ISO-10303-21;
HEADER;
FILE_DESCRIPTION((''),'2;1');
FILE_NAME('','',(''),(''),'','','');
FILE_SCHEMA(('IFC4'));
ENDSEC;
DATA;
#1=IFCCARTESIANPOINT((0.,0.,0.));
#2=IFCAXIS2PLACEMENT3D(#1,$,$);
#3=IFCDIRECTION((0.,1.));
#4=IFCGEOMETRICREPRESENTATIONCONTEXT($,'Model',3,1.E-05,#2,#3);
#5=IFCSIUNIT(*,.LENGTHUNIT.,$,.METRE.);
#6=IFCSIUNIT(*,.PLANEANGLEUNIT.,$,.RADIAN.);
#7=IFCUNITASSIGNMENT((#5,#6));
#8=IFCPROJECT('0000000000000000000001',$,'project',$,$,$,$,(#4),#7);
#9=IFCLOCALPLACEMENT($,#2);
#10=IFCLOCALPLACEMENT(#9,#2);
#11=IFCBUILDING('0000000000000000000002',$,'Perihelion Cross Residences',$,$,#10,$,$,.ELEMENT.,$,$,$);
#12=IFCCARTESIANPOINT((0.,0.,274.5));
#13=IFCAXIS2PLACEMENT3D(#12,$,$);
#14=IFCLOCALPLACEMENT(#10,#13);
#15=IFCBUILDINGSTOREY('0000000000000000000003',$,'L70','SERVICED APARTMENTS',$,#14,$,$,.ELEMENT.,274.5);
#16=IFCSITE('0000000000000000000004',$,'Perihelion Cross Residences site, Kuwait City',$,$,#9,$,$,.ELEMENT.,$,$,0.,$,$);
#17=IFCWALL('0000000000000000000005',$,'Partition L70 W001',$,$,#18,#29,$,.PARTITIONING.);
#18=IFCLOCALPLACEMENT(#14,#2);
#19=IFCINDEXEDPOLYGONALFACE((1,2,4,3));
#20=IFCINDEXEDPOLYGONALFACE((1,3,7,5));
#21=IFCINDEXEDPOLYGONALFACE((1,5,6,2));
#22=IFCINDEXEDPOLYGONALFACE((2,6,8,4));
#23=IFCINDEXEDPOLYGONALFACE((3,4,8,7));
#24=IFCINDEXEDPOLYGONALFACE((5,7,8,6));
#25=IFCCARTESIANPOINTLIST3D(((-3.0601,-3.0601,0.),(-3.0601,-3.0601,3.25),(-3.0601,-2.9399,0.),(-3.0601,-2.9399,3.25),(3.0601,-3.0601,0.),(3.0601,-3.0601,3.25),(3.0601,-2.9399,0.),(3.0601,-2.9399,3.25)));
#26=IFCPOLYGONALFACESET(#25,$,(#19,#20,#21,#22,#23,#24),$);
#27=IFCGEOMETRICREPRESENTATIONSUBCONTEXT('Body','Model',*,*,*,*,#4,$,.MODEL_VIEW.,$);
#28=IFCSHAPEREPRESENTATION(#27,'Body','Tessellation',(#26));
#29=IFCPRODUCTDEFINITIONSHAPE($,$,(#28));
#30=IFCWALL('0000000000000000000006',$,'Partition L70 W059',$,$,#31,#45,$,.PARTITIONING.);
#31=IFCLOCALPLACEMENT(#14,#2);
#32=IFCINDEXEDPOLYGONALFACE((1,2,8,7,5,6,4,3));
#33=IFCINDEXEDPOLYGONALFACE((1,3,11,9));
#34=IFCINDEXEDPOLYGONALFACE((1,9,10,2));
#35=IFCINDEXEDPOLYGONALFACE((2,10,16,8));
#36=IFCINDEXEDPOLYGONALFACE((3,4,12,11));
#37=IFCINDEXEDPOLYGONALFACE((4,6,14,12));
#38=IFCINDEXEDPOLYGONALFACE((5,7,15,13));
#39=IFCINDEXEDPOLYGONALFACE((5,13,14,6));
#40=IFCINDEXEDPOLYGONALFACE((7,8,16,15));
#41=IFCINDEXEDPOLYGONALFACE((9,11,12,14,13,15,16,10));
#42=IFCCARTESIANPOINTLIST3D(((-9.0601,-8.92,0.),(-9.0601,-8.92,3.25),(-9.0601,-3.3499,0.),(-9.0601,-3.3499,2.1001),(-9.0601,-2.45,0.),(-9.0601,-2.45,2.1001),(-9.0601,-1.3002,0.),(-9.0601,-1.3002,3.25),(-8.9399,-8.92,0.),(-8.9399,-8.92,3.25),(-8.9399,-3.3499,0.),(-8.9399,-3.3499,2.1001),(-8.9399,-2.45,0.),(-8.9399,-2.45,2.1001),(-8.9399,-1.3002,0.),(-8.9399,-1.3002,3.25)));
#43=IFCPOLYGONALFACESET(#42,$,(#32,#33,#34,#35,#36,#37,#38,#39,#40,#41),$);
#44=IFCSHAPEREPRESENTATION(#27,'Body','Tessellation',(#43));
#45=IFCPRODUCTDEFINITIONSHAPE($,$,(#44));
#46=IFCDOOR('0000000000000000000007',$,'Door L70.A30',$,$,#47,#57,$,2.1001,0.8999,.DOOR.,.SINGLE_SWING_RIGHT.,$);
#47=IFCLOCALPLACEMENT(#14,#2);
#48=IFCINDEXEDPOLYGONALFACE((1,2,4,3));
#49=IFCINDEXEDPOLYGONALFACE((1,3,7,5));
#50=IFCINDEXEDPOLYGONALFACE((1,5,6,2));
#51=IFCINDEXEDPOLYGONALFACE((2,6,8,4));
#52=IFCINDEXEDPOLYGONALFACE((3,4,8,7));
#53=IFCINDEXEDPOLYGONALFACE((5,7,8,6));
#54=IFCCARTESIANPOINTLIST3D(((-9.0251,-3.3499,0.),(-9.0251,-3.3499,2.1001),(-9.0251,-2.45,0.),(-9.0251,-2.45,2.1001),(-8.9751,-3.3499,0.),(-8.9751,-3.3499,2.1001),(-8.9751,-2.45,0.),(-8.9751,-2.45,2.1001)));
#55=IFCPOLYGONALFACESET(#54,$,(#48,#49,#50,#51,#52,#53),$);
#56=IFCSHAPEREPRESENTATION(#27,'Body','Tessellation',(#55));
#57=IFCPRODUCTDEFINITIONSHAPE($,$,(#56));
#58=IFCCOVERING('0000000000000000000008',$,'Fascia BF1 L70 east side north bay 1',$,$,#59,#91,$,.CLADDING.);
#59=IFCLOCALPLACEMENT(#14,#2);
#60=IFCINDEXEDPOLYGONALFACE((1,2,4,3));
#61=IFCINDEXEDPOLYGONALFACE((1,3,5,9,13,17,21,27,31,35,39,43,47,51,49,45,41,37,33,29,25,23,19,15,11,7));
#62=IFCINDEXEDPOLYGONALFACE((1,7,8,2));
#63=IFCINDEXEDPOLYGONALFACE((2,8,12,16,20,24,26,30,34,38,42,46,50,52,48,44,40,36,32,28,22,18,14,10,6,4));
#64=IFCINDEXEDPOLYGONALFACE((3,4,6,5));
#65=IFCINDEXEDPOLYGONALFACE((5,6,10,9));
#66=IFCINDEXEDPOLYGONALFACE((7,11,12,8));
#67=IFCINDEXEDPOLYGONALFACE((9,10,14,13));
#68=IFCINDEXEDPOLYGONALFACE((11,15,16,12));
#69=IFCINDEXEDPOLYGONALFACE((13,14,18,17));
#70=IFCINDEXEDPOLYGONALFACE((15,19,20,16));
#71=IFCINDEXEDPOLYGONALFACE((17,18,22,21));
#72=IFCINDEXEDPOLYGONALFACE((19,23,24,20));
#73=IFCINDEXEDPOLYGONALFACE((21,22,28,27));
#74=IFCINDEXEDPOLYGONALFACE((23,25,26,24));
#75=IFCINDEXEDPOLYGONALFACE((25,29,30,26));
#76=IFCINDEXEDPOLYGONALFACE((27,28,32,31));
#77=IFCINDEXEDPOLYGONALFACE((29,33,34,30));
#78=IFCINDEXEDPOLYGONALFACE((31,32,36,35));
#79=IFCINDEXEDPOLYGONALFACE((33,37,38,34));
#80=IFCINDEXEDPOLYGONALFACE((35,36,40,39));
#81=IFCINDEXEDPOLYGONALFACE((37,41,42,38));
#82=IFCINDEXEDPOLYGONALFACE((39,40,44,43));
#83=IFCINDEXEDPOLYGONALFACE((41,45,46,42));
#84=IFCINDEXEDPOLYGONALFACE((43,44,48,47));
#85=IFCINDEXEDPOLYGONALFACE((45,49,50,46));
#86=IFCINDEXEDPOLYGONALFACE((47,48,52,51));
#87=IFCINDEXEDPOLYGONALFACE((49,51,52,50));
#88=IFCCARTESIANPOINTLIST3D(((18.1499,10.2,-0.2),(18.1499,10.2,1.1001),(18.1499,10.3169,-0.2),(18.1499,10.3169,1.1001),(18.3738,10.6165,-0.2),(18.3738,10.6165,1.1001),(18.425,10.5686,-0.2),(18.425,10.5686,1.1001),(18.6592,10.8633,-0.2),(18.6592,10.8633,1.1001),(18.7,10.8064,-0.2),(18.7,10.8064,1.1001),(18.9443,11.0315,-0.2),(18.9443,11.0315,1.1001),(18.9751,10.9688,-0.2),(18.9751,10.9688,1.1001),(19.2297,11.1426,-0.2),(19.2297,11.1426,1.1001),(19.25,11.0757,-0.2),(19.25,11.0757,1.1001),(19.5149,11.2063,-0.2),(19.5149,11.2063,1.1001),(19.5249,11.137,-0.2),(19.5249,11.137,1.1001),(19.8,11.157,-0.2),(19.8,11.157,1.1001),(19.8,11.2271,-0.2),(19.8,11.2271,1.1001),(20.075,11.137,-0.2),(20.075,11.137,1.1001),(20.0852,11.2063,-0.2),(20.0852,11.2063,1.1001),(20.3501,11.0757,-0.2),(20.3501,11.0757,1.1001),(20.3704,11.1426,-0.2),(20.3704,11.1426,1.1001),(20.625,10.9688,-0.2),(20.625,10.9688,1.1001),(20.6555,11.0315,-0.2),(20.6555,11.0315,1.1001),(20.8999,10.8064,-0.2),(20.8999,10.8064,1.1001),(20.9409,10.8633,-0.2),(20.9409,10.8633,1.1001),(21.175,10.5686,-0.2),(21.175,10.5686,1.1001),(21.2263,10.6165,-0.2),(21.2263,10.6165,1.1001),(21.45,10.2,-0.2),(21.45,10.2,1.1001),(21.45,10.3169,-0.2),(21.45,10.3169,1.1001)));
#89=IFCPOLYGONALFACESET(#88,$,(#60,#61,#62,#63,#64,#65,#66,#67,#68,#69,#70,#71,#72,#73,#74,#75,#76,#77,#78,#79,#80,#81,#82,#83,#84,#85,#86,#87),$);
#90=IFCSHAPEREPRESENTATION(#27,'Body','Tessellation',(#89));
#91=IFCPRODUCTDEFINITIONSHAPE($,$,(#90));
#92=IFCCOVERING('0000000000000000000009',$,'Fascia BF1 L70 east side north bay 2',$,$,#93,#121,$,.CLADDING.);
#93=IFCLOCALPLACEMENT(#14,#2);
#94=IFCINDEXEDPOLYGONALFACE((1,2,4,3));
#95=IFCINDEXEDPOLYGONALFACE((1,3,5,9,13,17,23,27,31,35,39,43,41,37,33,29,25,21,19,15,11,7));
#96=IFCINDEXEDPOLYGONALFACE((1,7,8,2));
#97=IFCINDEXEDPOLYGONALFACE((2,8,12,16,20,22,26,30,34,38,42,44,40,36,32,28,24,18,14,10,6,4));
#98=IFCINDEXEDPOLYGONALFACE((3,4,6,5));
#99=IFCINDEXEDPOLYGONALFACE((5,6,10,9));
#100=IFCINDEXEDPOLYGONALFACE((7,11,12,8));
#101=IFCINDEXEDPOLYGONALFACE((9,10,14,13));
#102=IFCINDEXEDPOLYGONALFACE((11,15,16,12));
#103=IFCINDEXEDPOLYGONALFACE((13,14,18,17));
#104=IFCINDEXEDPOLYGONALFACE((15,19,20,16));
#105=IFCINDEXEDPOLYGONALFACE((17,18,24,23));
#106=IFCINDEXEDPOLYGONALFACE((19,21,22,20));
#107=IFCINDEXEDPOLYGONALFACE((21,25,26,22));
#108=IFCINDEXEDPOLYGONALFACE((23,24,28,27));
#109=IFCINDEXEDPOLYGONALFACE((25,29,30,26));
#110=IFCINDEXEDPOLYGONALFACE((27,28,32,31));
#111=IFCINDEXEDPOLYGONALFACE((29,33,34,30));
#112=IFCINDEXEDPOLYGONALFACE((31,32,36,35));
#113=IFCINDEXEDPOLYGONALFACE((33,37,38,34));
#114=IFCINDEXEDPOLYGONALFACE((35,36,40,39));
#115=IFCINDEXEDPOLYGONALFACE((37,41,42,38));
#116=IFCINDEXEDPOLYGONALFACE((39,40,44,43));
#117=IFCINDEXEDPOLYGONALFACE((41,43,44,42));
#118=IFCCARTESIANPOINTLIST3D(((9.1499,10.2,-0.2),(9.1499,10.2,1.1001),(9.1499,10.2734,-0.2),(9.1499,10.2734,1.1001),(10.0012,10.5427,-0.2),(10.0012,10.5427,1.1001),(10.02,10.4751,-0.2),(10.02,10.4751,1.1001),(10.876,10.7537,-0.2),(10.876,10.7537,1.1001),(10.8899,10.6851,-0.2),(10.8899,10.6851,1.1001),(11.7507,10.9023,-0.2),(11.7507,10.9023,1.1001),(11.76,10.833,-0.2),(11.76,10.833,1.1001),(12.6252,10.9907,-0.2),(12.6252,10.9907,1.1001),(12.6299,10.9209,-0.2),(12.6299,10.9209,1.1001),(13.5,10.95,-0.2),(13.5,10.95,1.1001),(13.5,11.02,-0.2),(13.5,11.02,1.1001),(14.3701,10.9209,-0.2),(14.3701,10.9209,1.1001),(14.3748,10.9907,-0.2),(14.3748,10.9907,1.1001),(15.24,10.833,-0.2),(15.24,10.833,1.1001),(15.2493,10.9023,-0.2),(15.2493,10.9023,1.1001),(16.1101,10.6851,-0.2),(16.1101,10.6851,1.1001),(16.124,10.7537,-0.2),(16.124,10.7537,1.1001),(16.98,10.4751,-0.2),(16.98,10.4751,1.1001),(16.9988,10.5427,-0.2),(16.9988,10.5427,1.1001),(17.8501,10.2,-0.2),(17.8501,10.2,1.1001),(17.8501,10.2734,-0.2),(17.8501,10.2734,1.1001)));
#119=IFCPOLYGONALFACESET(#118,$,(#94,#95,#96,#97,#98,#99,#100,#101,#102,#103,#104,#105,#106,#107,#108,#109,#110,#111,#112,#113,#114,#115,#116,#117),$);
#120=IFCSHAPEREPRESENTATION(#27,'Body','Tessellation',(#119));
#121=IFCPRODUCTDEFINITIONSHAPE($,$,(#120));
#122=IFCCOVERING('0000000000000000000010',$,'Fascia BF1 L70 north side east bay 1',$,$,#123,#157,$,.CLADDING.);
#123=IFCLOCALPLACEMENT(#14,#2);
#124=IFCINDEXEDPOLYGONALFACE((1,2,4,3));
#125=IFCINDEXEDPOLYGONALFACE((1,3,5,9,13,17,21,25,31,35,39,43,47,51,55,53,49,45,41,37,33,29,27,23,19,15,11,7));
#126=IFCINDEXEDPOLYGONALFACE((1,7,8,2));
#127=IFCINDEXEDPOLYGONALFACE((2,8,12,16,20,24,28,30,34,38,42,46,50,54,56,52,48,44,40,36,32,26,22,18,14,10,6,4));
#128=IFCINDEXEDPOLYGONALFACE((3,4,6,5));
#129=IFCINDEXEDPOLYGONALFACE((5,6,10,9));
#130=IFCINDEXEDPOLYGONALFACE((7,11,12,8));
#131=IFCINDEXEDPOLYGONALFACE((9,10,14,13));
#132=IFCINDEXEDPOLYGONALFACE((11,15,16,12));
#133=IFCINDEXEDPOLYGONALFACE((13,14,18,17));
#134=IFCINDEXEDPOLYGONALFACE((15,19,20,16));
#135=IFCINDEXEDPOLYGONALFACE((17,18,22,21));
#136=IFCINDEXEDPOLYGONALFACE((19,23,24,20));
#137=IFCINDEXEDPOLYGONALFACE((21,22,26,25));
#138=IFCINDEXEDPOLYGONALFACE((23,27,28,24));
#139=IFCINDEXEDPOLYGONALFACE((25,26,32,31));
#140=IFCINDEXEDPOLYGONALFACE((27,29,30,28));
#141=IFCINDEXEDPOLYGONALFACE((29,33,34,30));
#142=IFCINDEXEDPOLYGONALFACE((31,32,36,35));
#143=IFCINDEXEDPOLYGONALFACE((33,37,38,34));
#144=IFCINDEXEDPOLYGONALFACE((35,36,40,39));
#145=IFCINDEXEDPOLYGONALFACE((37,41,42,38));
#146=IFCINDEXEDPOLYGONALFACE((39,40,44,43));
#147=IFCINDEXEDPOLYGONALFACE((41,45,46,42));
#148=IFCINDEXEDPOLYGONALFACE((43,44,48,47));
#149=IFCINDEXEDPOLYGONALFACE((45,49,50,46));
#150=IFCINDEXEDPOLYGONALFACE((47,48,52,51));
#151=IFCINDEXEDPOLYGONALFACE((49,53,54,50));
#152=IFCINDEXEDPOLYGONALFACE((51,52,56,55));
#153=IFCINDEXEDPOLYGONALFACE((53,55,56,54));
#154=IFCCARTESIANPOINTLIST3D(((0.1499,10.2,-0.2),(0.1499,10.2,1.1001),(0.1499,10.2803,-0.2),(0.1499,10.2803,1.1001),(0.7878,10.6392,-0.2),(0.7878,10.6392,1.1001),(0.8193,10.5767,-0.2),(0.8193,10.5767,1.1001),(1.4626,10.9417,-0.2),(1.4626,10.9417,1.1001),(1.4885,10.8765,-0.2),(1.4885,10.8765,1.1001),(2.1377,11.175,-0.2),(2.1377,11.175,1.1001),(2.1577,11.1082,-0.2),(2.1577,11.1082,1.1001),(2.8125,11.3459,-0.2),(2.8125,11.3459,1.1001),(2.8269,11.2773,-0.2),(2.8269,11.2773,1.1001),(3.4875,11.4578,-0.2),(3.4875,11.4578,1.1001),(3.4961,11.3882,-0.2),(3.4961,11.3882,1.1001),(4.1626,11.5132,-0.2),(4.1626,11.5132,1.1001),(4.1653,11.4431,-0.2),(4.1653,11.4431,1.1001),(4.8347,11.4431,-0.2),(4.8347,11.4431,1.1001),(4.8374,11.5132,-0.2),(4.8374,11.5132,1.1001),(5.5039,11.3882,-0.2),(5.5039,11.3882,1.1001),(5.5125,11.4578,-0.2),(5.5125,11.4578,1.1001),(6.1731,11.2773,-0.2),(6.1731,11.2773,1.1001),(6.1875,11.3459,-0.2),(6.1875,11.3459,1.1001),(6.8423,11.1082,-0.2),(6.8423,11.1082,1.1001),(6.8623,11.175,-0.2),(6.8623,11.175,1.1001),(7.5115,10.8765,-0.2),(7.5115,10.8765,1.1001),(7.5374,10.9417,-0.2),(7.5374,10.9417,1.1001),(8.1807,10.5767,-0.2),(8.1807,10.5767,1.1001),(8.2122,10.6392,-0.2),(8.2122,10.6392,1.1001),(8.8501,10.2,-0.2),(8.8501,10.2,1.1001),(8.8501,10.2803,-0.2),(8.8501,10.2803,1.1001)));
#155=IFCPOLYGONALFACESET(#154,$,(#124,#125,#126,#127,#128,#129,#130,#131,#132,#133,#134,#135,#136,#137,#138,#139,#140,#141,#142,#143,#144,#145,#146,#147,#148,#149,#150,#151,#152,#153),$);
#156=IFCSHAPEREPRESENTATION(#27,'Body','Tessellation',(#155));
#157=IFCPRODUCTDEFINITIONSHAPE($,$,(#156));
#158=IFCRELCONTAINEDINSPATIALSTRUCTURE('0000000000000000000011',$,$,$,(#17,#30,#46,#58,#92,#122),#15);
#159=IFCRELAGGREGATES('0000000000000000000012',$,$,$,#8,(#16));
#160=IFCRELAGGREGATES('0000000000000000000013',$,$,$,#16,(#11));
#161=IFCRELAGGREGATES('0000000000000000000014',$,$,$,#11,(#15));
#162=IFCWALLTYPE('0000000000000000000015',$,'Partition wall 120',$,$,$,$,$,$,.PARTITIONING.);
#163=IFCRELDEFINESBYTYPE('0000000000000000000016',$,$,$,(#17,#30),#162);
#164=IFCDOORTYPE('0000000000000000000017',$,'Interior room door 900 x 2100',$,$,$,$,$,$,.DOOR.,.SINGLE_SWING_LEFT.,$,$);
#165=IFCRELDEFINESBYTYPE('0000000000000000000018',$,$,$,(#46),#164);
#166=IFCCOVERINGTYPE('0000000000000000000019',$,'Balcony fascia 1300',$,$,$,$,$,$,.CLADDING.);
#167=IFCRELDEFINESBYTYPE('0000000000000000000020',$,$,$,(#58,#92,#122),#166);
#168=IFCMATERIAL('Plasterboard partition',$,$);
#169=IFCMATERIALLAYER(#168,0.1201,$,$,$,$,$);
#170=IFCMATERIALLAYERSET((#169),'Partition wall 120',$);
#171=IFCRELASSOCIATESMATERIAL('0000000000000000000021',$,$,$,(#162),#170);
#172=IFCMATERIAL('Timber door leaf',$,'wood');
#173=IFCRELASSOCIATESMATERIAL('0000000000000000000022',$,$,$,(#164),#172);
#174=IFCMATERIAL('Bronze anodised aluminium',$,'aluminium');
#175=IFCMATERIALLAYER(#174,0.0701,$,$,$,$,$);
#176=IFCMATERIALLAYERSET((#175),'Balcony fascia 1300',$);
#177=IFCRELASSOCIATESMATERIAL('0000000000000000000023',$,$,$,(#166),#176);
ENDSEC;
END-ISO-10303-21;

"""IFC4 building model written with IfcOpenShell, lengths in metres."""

from ifc_helpers import new_model, si_unit, direction, frame, frame_2d, origin, place, context, subcontext, project, spatial, polyline, rectangle, outline, extrude, material, layer, layer_set, type_object, element, fill, save


model = new_model("IFC4")

# Units and contexts
model_context = context("Model", 3, precision=1e-05, world=origin(), true_north=direction((0.0, 1.0)))
body_context = subcontext(model_context, "Body", "Model", "MODEL_VIEW")
ifc_project = project(units=[si_unit("LENGTHUNIT", "METRE"), si_unit("PLANEANGLEUNIT", "RADIAN")], contexts=[model_context])

# Site, building, storey
site_placement = place(None, origin())
site = spatial("IfcSite", under=ifc_project, at=site_placement, Name="Perihelion Cross Residences site, Kuwait City", CompositionType="ELEMENT", RefElevation=0.0)
building_placement = place(site_placement, origin())
building = spatial("IfcBuilding", under=site, at=building_placement, Name="Perihelion Cross Residences", CompositionType="ELEMENT")
storey_placement = place(building_placement, frame((0.0, 0.0, 274.5)))
storey = spatial("IfcBuildingStorey", under=building, at=storey_placement, Name="L70", Description="SERVICED APARTMENTS", CompositionType="ELEMENT", Elevation=274.5)

# Wall
ifc_material_1 = material(Name="Plasterboard partition")
ifc_layer_1 = layer(ifc_material_1, 0.1201)
ifc_layer_set_1 = layer_set([ifc_layer_1], Name="Partition wall 120")
wall_type_1 = type_object("IfcWallType", Name="Partition wall 120", PredefinedType="PARTITIONING", material=ifc_layer_set_1)
wall_1_placement = place(storey_placement, frame((-3.0601, -3.0, 0.0), z_axis=(0.0, 0.0, 1.0), x_axis=(1.0, 0.0, 0.0)))
element("IfcWall", 1, at=wall_1_placement, inside=storey, type_object=wall_type_1, Name="Partition L70 W001", PredefinedType="PARTITIONING", context=body_context, shape_type="SweptSolid", body=[
    extrude(rectangle(XDim=6.1201, YDim=0.1201, at=frame_2d((3.0601, 0.0))), origin(), (0.0, 0.0, 1.0), 3.25),
])

# Wall, opening, door
wall_2_placement = place(storey_placement, frame((-9.0, -1.3, 0.0), z_axis=(0.0, 0.0, 1.0), x_axis=(0.0, -1.0, 0.0)))
wall_2 = element("IfcWall", 2, at=wall_2_placement, inside=storey, type_object=wall_type_1, Name="Partition L70 W059", PredefinedType="PARTITIONING", context=body_context, shape_type="SweptSolid", body=[
    extrude(rectangle(XDim=7.6199, YDim=0.1201, at=frame_2d((3.8101, 0.0))), origin(), (0.0, 0.0, 1.0), 3.25),
])
opening_1_placement = place(wall_2_placement, frame((1.1499, 0.0, 0.0)))
opening_1 = element("IfcOpeningElement", 3, at=opening_1_placement, cuts=wall_2, PredefinedType="OPENING", context=body_context, shape_type="SweptSolid", body=[
    extrude(rectangle(XDim=0.8999, YDim=2.1001, at=frame_2d((0.45, 1.05))), frame((0.0, 0.0701, 0.0), z_axis=(0.0, -1.0, 0.0), x_axis=(1.0, 0.0, 0.0)), (0.0, 0.0, 1.0), 0.1401),
])
ifc_material_2 = material(Name="Timber door leaf", Category="wood")
door_type_1 = type_object("IfcDoorType", Name="Interior room door 900 x 2100", OperationType="SINGLE_SWING_LEFT", PredefinedType="DOOR", material=ifc_material_2)
door_1_placement = place(opening_1_placement, origin())
door_1 = element("IfcDoor", 4, at=door_1_placement, inside=storey, type_object=door_type_1, Name="Door L70.A30", OperationType="SINGLE_SWING_RIGHT", OverallHeight=2.1001, OverallWidth=0.8999, PredefinedType="DOOR", context=body_context, shape_type="SweptSolid", body=[
    extrude(rectangle(XDim=0.8999, YDim=2.1001, at=frame_2d((0.45, 1.05))), frame((0.0, 0.0249, 0.0), z_axis=(0.0, -1.0, 0.0), x_axis=(1.0, 0.0, 0.0)), (0.0, 0.0, 1.0), 0.05),
])
fill(opening_1, door_1)

# Coverings
ifc_material_3 = material(Name="Bronze anodised aluminium", Category="aluminium")
ifc_layer_2 = layer(ifc_material_3, 0.0701)
ifc_layer_set_2 = layer_set([ifc_layer_2], Name="Balcony fascia 1300")
covering_type = type_object("IfcCoveringType", Name="Balcony fascia 1300", PredefinedType="CLADDING", material=ifc_layer_set_2)
covering_1_placement = place(storey_placement, frame((0.0, 0.0, -0.2)))
element("IfcCovering", 5, at=covering_1_placement, inside=storey, type_object=covering_type, Name="Fascia BF1 L70 east side north bay 1", PredefinedType="CLADDING", context=body_context, shape_type="SweptSolid", body=[
    extrude(outline(polyline([(21.2263, 10.6165), (20.9409, 10.8633), (20.6555, 11.0315), (20.3704, 11.1426), (20.0852, 11.2063), (19.8, 11.2271), (19.5149, 11.2063), (19.2297, 11.1426), (18.9443, 11.0315), (18.6592, 10.8633), (18.3738, 10.6165), (18.1499, 10.3169), (18.1499, 10.2), (18.425, 10.5686), (18.7, 10.8064), (18.9751, 10.9688), (19.25, 11.0757), (19.5249, 11.137), (19.8, 11.157), (20.075, 11.137), (20.3501, 11.0757), (20.625, 10.9688), (20.8999, 10.8064), (21.175, 10.5686), (21.45, 10.2), (21.45, 10.3169), (21.2263, 10.6165)])), origin(), (0.0, 0.0, 1.0), 1.3),
])
covering_2_placement = place(storey_placement, frame((0.0, 0.0, -0.2)))
element("IfcCovering", 6, at=covering_2_placement, inside=storey, type_object=covering_type, Name="Fascia BF1 L70 east side north bay 2", PredefinedType="CLADDING", context=body_context, shape_type="SweptSolid", body=[
    extrude(outline(polyline([(16.9988, 10.5427), (16.124, 10.7537), (15.2493, 10.9023), (14.3748, 10.9907), (13.5, 11.02), (12.6252, 10.9907), (11.7507, 10.9023), (10.876, 10.7537), (10.0012, 10.5427), (9.1499, 10.2734), (9.1499, 10.2), (10.02, 10.4751), (10.8899, 10.6851), (11.76, 10.833), (12.6299, 10.9209), (13.5, 10.95), (14.3701, 10.9209), (15.24, 10.833), (16.1101, 10.6851), (16.98, 10.4751), (17.8501, 10.2), (17.8501, 10.2734), (16.9988, 10.5427)])), origin(), (0.0, 0.0, 1.0), 1.3),
])
covering_3_placement = place(storey_placement, frame((0.0, 0.0, -0.2)))
element("IfcCovering", 7, at=covering_3_placement, inside=storey, type_object=covering_type, Name="Fascia BF1 L70 north side east bay 1", PredefinedType="CLADDING", context=body_context, shape_type="SweptSolid", body=[
    extrude(outline(polyline([(8.2122, 10.6392), (7.5374, 10.9417), (6.8623, 11.175), (6.1875, 11.3459), (5.5125, 11.4578), (4.8374, 11.5132), (4.1626, 11.5132), (3.4875, 11.4578), (2.8125, 11.3459), (2.1377, 11.175), (1.4626, 10.9417), (0.7878, 10.6392), (0.1499, 10.2803), (0.1499, 10.2), (0.8193, 10.5767), (1.4885, 10.8765), (2.1577, 11.1082), (2.8269, 11.2773), (3.4961, 11.3882), (4.1653, 11.4431), (4.8347, 11.4431), (5.5039, 11.3882), (6.1731, 11.2773), (6.8423, 11.1082), (7.5115, 10.8765), (8.1807, 10.5767), (8.8501, 10.2), (8.8501, 10.2803), (8.2122, 10.6392)])), origin(), (0.0, 0.0, 1.0), 1.3),
])

save(model, "model.ifc")
